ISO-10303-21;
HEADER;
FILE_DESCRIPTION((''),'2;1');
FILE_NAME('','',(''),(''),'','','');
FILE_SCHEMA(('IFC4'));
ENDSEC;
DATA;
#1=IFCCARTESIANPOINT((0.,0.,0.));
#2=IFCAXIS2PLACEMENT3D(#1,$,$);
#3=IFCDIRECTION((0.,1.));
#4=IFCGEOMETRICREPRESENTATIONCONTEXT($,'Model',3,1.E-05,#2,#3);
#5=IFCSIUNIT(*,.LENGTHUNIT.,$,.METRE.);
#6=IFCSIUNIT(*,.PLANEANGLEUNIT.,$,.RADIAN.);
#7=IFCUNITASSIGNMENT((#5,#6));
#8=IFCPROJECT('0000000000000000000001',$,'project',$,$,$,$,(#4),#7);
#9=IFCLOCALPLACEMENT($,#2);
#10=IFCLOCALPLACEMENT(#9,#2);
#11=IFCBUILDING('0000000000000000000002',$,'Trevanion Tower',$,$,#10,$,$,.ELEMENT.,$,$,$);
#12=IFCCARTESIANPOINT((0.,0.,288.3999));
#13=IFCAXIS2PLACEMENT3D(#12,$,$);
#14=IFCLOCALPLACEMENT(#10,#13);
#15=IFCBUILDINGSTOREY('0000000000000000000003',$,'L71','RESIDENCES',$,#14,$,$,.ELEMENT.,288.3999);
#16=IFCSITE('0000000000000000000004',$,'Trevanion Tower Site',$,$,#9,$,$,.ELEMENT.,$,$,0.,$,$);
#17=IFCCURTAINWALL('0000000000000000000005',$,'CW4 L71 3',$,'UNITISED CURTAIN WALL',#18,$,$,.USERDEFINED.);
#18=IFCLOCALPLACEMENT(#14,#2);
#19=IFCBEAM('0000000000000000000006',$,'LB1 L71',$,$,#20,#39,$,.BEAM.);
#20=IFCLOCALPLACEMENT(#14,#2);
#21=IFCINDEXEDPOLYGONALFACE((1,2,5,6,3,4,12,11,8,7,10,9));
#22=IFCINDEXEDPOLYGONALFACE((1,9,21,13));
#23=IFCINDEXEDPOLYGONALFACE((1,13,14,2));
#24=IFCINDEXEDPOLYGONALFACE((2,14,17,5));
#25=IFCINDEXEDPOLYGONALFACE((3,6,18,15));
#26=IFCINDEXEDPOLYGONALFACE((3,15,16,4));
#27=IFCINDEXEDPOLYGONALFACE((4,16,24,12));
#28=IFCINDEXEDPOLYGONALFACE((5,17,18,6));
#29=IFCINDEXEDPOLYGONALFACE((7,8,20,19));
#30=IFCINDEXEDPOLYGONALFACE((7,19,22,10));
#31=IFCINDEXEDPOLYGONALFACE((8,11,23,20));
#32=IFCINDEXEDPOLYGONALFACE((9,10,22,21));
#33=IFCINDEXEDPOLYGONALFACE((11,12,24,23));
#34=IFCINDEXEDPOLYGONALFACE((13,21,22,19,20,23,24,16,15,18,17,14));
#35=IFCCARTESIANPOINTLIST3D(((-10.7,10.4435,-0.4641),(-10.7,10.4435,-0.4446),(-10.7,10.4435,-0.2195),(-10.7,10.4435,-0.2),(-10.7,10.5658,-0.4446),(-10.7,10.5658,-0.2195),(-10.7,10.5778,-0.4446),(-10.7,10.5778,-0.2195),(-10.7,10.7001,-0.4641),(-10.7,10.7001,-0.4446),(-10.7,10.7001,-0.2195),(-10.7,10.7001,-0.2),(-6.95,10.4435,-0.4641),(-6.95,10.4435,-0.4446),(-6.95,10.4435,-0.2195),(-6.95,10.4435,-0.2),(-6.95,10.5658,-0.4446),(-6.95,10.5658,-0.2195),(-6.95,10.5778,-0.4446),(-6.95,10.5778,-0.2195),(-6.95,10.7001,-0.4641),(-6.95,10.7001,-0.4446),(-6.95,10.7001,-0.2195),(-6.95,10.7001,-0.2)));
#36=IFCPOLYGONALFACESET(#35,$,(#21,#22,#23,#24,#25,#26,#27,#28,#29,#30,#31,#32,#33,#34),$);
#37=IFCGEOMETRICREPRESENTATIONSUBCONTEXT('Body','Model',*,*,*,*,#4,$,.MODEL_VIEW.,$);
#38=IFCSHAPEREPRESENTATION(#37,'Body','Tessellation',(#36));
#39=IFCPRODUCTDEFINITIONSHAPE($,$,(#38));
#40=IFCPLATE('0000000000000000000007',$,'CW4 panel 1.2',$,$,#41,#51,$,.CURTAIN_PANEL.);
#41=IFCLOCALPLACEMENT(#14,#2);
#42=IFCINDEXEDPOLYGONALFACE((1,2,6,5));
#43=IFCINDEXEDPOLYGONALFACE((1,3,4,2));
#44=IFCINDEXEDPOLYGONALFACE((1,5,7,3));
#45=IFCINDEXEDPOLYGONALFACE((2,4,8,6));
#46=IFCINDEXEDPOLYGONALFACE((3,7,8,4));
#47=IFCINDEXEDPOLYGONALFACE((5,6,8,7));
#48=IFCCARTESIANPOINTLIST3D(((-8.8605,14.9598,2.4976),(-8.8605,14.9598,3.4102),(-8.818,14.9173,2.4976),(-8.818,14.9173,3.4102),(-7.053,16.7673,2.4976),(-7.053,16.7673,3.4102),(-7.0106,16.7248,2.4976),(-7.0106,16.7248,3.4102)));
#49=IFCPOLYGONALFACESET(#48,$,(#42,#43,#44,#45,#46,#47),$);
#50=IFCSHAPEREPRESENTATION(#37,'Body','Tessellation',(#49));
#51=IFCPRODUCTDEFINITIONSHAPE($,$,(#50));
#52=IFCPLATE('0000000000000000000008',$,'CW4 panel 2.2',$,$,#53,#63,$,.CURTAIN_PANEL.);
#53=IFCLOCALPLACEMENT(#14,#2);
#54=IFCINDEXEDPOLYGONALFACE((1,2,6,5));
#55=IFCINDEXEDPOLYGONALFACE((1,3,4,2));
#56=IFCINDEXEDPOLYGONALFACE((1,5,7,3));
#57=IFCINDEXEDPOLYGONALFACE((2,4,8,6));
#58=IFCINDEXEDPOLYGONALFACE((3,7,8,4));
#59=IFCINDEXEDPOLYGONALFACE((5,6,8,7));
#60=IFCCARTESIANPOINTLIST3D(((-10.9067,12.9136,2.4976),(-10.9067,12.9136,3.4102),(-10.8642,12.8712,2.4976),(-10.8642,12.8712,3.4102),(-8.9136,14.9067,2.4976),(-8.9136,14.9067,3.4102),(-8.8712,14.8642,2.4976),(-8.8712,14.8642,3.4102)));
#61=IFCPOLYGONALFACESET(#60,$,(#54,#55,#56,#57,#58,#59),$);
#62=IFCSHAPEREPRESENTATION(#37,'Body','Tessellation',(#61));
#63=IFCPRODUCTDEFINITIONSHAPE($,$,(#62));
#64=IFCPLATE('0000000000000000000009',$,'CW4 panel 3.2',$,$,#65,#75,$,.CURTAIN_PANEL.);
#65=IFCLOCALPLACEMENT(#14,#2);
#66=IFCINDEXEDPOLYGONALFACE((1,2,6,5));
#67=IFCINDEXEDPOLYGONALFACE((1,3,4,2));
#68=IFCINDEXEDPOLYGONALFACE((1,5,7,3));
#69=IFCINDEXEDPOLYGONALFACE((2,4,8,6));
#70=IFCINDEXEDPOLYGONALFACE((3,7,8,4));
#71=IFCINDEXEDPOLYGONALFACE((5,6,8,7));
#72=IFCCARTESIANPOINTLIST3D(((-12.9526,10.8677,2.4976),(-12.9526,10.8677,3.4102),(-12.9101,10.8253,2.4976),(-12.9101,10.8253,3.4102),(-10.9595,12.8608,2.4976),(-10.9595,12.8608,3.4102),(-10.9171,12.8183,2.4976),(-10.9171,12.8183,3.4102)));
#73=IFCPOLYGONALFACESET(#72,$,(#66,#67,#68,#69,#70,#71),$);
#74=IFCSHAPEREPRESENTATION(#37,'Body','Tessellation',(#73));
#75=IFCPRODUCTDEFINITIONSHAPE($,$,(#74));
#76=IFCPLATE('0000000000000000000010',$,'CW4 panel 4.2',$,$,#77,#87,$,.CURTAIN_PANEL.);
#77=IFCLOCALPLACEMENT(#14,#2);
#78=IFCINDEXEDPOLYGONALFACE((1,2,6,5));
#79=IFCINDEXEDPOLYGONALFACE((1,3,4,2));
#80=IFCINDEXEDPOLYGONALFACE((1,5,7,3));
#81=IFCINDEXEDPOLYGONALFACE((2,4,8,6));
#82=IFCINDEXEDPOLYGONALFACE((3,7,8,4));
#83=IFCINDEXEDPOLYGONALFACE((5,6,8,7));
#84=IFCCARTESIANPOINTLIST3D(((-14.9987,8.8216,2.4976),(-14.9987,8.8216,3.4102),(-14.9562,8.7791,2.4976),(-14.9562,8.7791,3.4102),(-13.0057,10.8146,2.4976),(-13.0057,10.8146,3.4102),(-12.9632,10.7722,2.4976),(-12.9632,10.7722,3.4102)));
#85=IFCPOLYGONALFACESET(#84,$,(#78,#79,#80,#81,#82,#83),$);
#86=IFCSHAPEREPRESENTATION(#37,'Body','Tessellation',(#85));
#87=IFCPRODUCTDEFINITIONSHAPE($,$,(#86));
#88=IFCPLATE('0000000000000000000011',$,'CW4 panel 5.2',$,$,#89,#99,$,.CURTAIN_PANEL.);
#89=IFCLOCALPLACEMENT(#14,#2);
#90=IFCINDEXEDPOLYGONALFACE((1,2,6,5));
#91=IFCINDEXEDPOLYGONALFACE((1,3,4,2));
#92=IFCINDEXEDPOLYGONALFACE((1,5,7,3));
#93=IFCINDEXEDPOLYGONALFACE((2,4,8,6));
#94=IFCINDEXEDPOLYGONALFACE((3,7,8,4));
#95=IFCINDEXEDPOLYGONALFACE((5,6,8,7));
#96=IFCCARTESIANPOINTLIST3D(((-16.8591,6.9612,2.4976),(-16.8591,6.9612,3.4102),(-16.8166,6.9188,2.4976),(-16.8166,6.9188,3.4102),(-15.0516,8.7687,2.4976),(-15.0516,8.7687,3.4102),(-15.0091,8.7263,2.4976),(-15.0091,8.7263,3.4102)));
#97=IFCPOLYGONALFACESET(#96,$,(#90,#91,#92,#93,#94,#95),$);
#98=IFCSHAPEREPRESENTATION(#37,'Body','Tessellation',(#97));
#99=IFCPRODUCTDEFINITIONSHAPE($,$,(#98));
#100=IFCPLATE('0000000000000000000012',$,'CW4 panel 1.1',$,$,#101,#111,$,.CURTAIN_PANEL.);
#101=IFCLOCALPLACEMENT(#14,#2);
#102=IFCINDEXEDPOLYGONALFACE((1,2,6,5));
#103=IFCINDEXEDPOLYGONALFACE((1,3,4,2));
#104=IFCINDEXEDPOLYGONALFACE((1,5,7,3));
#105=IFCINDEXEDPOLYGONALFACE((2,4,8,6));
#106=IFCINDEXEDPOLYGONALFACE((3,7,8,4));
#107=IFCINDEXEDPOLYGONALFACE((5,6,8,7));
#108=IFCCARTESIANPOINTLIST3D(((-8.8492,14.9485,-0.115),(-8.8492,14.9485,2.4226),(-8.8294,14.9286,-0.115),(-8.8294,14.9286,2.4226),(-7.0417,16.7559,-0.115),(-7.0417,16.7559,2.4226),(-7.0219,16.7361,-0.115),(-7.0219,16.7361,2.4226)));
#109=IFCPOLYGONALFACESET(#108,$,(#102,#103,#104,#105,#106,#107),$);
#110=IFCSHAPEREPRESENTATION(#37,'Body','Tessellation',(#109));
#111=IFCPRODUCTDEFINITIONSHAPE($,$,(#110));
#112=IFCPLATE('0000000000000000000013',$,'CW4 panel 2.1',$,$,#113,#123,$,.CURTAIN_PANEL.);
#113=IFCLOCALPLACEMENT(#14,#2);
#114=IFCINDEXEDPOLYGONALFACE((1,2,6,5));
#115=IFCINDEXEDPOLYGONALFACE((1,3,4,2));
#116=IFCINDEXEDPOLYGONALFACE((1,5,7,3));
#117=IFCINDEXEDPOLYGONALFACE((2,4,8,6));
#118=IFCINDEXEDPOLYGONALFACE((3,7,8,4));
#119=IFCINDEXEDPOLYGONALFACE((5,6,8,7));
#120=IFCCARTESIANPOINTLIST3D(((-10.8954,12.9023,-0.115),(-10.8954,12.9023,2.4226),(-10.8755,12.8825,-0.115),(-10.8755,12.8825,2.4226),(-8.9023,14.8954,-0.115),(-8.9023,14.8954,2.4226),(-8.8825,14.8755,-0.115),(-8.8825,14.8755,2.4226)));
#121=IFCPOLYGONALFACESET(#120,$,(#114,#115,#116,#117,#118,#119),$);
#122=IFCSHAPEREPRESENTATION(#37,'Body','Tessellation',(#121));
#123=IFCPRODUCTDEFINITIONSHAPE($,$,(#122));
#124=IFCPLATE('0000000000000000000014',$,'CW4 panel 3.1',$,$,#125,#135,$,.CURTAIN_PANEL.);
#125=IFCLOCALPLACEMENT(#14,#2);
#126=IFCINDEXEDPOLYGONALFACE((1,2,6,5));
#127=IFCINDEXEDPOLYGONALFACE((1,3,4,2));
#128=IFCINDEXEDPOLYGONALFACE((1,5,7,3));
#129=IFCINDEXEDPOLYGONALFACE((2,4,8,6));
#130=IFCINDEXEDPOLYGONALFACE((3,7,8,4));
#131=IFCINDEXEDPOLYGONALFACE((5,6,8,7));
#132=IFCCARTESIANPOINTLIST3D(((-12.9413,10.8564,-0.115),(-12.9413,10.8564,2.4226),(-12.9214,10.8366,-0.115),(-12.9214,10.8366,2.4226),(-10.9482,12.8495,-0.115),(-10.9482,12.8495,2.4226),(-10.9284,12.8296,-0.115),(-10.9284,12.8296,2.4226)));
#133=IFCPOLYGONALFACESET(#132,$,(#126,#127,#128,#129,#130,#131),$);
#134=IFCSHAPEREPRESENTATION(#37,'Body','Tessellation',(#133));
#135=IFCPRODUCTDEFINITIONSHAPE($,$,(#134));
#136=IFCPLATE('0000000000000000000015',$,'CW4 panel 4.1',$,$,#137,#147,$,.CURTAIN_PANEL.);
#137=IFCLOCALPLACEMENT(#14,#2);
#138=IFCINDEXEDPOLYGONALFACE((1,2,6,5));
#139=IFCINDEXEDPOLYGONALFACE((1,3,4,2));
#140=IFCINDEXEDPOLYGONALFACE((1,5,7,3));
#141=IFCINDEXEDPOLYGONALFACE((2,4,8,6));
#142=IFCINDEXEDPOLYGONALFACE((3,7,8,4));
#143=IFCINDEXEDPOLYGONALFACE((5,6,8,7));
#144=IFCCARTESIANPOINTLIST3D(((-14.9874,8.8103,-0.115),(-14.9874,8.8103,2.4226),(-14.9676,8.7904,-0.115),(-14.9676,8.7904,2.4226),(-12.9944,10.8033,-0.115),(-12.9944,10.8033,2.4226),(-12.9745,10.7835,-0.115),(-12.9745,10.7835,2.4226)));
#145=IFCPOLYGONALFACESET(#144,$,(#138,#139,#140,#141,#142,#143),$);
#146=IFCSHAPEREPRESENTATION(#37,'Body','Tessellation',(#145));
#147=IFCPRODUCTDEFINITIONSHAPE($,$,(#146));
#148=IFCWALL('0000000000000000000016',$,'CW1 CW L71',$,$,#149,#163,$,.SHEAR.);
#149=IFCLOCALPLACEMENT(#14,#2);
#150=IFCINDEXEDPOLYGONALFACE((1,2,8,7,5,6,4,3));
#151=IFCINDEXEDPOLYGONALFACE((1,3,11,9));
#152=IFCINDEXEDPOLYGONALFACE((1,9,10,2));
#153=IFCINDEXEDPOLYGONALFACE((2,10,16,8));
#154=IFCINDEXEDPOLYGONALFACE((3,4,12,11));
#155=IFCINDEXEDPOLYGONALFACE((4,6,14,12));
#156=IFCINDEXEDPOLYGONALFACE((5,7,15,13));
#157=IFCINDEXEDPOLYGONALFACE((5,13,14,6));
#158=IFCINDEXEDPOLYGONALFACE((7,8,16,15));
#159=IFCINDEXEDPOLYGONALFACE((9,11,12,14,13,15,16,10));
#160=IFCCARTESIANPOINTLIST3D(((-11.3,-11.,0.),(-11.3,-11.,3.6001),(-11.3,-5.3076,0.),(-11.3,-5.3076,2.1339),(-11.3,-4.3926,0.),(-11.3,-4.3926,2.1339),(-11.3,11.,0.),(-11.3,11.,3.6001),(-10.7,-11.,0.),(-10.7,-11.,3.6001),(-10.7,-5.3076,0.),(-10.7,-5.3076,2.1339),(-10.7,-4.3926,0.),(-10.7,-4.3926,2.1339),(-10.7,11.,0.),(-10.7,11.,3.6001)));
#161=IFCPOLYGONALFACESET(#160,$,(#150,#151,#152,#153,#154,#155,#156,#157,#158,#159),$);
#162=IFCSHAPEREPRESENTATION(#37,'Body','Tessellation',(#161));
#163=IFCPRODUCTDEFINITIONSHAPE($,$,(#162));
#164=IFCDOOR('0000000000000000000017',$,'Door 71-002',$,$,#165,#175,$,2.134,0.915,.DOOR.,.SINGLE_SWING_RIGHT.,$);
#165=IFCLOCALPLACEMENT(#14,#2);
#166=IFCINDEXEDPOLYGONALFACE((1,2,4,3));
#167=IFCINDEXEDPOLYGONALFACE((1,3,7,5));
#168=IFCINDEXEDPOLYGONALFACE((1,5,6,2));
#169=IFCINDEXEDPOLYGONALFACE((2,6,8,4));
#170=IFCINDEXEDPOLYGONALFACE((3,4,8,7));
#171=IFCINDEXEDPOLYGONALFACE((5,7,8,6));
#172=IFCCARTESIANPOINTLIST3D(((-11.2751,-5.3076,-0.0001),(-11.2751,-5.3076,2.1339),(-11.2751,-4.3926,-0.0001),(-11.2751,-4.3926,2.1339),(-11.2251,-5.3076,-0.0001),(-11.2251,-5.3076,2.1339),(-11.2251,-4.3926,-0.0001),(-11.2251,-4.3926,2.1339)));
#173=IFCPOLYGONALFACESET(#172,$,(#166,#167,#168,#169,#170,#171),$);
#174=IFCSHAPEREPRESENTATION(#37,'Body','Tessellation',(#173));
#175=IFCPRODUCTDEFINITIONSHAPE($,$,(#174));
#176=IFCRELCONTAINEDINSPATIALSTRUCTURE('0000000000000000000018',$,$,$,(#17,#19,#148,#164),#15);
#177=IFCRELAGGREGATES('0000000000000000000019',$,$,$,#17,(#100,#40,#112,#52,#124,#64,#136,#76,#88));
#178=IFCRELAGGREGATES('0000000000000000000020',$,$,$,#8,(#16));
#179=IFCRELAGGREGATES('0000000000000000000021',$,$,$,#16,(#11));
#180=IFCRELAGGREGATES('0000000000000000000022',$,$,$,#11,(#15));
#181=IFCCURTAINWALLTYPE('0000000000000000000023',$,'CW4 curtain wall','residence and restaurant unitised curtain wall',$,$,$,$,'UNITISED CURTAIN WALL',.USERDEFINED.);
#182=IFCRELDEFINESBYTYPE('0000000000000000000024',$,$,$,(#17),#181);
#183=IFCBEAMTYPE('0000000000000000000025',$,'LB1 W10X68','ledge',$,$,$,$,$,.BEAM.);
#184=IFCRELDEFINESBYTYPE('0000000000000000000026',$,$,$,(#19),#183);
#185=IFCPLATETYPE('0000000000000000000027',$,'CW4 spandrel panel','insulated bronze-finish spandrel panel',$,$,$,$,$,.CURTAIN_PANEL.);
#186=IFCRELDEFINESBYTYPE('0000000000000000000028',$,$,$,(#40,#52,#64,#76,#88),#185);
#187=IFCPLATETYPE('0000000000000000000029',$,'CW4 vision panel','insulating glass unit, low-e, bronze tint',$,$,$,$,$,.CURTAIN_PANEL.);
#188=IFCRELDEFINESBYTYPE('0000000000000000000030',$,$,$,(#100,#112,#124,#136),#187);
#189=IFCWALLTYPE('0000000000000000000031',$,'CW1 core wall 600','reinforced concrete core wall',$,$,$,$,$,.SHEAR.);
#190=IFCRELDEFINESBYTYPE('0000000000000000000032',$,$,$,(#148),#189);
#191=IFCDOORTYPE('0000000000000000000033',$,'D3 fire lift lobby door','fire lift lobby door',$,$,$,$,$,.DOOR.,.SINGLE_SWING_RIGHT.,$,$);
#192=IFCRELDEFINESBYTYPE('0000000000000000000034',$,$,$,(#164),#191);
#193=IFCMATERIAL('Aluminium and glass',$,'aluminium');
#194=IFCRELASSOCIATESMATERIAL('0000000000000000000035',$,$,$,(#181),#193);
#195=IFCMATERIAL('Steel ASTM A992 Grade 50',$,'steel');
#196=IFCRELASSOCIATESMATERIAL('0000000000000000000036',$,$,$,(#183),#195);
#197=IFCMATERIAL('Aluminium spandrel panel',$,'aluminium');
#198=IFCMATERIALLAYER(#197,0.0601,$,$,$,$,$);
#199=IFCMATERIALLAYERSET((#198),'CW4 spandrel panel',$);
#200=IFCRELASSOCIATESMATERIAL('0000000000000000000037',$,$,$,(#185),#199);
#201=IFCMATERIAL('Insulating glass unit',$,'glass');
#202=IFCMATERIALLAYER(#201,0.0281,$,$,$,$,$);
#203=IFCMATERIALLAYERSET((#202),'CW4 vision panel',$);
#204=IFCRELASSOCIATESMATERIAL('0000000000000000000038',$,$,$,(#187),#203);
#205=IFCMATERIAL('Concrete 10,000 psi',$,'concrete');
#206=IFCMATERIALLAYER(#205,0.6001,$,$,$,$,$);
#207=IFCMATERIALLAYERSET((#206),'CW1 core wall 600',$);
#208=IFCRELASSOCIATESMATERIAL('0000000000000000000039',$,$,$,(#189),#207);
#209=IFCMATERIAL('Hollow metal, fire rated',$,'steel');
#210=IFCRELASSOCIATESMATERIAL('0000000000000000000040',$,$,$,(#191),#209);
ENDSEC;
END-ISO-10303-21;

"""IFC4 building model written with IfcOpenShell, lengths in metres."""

from ifc_helpers import new_model, si_unit, direction, frame, frame_2d, origin, origin_2d, place, context, subcontext, project, spatial, rectangle, i_section, extrude, material, layer, layer_set, material_profile, profile_set, type_object, element, fill, aggregate, save


model = new_model("IFC4")

# Units and contexts
model_context = context("Model", 3, precision=1e-05, world=origin(), true_north=direction((0.0, 1.0)))
body_context = subcontext(model_context, "Body", "Model", "MODEL_VIEW")
ifc_project = project(units=[si_unit("LENGTHUNIT", "METRE"), si_unit("PLANEANGLEUNIT", "RADIAN")], contexts=[model_context])

# Site, building, storey
site_placement = place(None, origin())
site = spatial("IfcSite", under=ifc_project, at=site_placement, Name="Trevanion Tower Site", CompositionType="ELEMENT", RefElevation=0.0)
building_placement = place(site_placement, origin())
building = spatial("IfcBuilding", under=site, at=building_placement, Name="Trevanion Tower", CompositionType="ELEMENT")
storey_placement = place(building_placement, frame((0.0, 0.0, 288.3999)))
storey = spatial("IfcBuildingStorey", under=building, at=storey_placement, Name="L71", Description="RESIDENCES", CompositionType="ELEMENT", Elevation=288.3999)

# Curtain wall
ifc_material_1 = material(Name="Aluminium and glass", Category="aluminium")
curtain_wall_type = type_object("IfcCurtainWallType", Name="CW4 curtain wall", Description="residence and restaurant unitised curtain wall", ElementType="UNITISED CURTAIN WALL", PredefinedType="USERDEFINED", material=ifc_material_1)
curtain_wall_placement = place(storey_placement, origin())
curtain_wall = element("IfcCurtainWall", 1, at=curtain_wall_placement, inside=storey, type_object=curtain_wall_type, Name="CW4 L71 3", ObjectType="UNITISED CURTAIN WALL", PredefinedType="USERDEFINED")

# Beam
ifc_material_2 = material(Name="Steel ASTM A992 Grade 50", Category="steel")
ifc_material_profile_1 = material_profile(ifc_material_2, i_section(OverallWidth=0.2566, OverallDepth=0.2642, WebThickness=0.012, FlangeThickness=0.0195, at=origin_2d()), Name="W10X68")
ifc_profile_set_1 = profile_set([ifc_material_profile_1], Name="Steel ASTM A992 Grade 50")
beam_type = type_object("IfcBeamType", Name="LB1 W10X68", Description="ledge", PredefinedType="BEAM", material=ifc_profile_set_1)
beam_placement = place(storey_placement, frame((-10.7, 10.5718, -0.332), z_axis=(1.0, 0.0, 0.0), x_axis=(0.0, 1.0, 0.0)))
element("IfcBeam", 2, at=beam_placement, inside=storey, type_object=beam_type, Name="LB1 L71", PredefinedType="BEAM", context=body_context, shape_type="SweptSolid", body=[
    extrude(i_section(OverallWidth=0.2566, OverallDepth=0.2642, WebThickness=0.012, FlangeThickness=0.0195, at=origin_2d()), origin(), (0.0, 0.0, 1.0), 3.75),
])

# Plates
ifc_material_3 = material(Name="Aluminium spandrel panel", Category="aluminium")
ifc_layer_1 = layer(ifc_material_3, 0.0601)
ifc_layer_set_1 = layer_set([ifc_layer_1], Name="CW4 spandrel panel")
plate_type_1 = type_object("IfcPlateType", Name="CW4 spandrel panel", Description="insulated bronze-finish spandrel panel", PredefinedType="CURTAIN_PANEL", material=ifc_layer_set_1)
plate_1_placement = place(storey_placement, frame((-7.9355, 15.8423, 2.4976), z_axis=(0.0, 0.0, 1.0), x_axis=(-0.707107, -0.707107, 0.0)))
plate_1 = element("IfcPlate", 3, at=plate_1_placement, type_object=plate_type_1, Name="CW4 panel 1.2", PredefinedType="CURTAIN_PANEL", context=body_context, shape_type="SweptSolid", body=[
    extrude(rectangle(XDim=2.5562, YDim=0.0601, at=origin_2d()), origin(), (0.0, 0.0, 1.0), 0.9126),
])
plate_2_placement = place(storey_placement, frame((-9.8889, 13.8889, 2.4976), z_axis=(0.0, 0.0, 1.0), x_axis=(-0.707107, -0.707107, 0.0)))
plate_2 = element("IfcPlate", 4, at=plate_2_placement, type_object=plate_type_1, Name="CW4 panel 2.2", PredefinedType="CURTAIN_PANEL", context=body_context, shape_type="SweptSolid", body=[
    extrude(rectangle(XDim=2.8186, YDim=0.0601, at=origin_2d()), origin(), (0.0, 0.0, 1.0), 0.9126),
])
plate_3_placement = place(storey_placement, frame((-11.9348, 11.843, 2.4976), z_axis=(0.0, 0.0, 1.0), x_axis=(-0.707107, -0.707107, 0.0)))
plate_3 = element("IfcPlate", 5, at=plate_3_placement, type_object=plate_type_1, Name="CW4 panel 3.2", PredefinedType="CURTAIN_PANEL", context=body_context, shape_type="SweptSolid", body=[
    extrude(rectangle(XDim=2.8186, YDim=0.0601, at=origin_2d()), origin(), (0.0, 0.0, 1.0), 0.9126),
])
plate_4_placement = place(storey_placement, frame((-13.981, 9.7969, 2.4976), z_axis=(0.0, 0.0, 1.0), x_axis=(-0.707107, -0.707107, 0.0)))
plate_4 = element("IfcPlate", 6, at=plate_4_placement, type_object=plate_type_1, Name="CW4 panel 4.2", PredefinedType="CURTAIN_PANEL", context=body_context, shape_type="SweptSolid", body=[
    extrude(rectangle(XDim=2.8186, YDim=0.0601, at=origin_2d()), origin(), (0.0, 0.0, 1.0), 0.9126),
])
plate_5_placement = place(storey_placement, frame((-15.9341, 7.8438, 2.4976), z_axis=(0.0, 0.0, 1.0), x_axis=(-0.707107, -0.707107, 0.0)))
plate_5 = element("IfcPlate", 7, at=plate_5_placement, type_object=plate_type_1, Name="CW4 panel 5.2", PredefinedType="CURTAIN_PANEL", context=body_context, shape_type="SweptSolid", body=[
    extrude(rectangle(XDim=2.5562, YDim=0.0601, at=origin_2d()), origin(), (0.0, 0.0, 1.0), 0.9126),
])
ifc_material_4 = material(Name="Insulating glass unit", Category="glass")
ifc_layer_2 = layer(ifc_material_4, 0.0281)
ifc_layer_set_2 = layer_set([ifc_layer_2], Name="CW4 vision panel")
plate_type_2 = type_object("IfcPlateType", Name="CW4 vision panel", Description="insulating glass unit, low-e, bronze tint", PredefinedType="CURTAIN_PANEL", material=ifc_layer_set_2)
plate_6_placement = place(storey_placement, frame((-7.9355, 15.8423, -0.115), z_axis=(0.0, 0.0, 1.0), x_axis=(-0.707107, -0.707107, 0.0)))
plate_6 = element("IfcPlate", 8, at=plate_6_placement, type_object=plate_type_2, Name="CW4 panel 1.1", PredefinedType="CURTAIN_PANEL", context=body_context, shape_type="SweptSolid", body=[
    extrude(rectangle(XDim=2.5562, YDim=0.0281, at=origin_2d()), origin(), (0.0, 0.0, 1.0), 2.5376),
])
plate_7_placement = place(storey_placement, frame((-9.8889, 13.8889, -0.115), z_axis=(0.0, 0.0, 1.0), x_axis=(-0.707107, -0.707107, 0.0)))
plate_7 = element("IfcPlate", 9, at=plate_7_placement, type_object=plate_type_2, Name="CW4 panel 2.1", PredefinedType="CURTAIN_PANEL", context=body_context, shape_type="SweptSolid", body=[
    extrude(rectangle(XDim=2.8186, YDim=0.0281, at=origin_2d()), origin(), (0.0, 0.0, 1.0), 2.5376),
])
plate_8_placement = place(storey_placement, frame((-11.9348, 11.843, -0.115), z_axis=(0.0, 0.0, 1.0), x_axis=(-0.707107, -0.707107, 0.0)))
plate_8 = element("IfcPlate", 10, at=plate_8_placement, type_object=plate_type_2, Name="CW4 panel 3.1", PredefinedType="CURTAIN_PANEL", context=body_context, shape_type="SweptSolid", body=[
    extrude(rectangle(XDim=2.8186, YDim=0.0281, at=origin_2d()), origin(), (0.0, 0.0, 1.0), 2.5376),
])
plate_9_placement = place(storey_placement, frame((-13.981, 9.7969, -0.115), z_axis=(0.0, 0.0, 1.0), x_axis=(-0.707107, -0.707107, 0.0)))
plate_9 = element("IfcPlate", 11, at=plate_9_placement, type_object=plate_type_2, Name="CW4 panel 4.1", PredefinedType="CURTAIN_PANEL", context=body_context, shape_type="SweptSolid", body=[
    extrude(rectangle(XDim=2.8186, YDim=0.0281, at=origin_2d()), origin(), (0.0, 0.0, 1.0), 2.5376),
])
aggregate(curtain_wall, [plate_6, plate_1, plate_7, plate_2, plate_8, plate_3, plate_9, plate_4, plate_5])

# Wall, opening, door
ifc_material_5 = material(Name="Concrete 10,000 psi", Category="concrete")
ifc_layer_3 = layer(ifc_material_5, 0.6001)
ifc_layer_set_3 = layer_set([ifc_layer_3], Name="CW1 core wall 600")
wall_type_1 = type_object("IfcWallType", Name="CW1 core wall 600", Description="reinforced concrete core wall", PredefinedType="SHEAR", material=ifc_layer_set_3)
wall_1_placement = place(storey_placement, frame((-11.0, 11.0, 0.0), z_axis=(0.0, 0.0, 1.0), x_axis=(0.0, -1.0, 0.0)))
wall_1 = element("IfcWall", 12, at=wall_1_placement, inside=storey, type_object=wall_type_1, Name="CW1 CW L71", PredefinedType="SHEAR", context=body_context, shape_type="SweptSolid", body=[
    extrude(rectangle(XDim=22.0, YDim=0.6001, at=frame_2d((11.0, 0.0))), origin(), (0.0, 0.0, 1.0), 3.6001),
])
opening_placement = place(wall_1_placement, frame((15.3926, 0.0, 0.0)))
opening = element("IfcOpeningElement", 13, at=opening_placement, cuts=wall_1, PredefinedType="OPENING", context=body_context, shape_type="SweptSolid", body=[
    extrude(rectangle(XDim=0.915, YDim=2.134, at=frame_2d((0.4575, 1.0669))), frame((0.0, 0.3101, 0.0), z_axis=(0.0, -1.0, 0.0), x_axis=(1.0, 0.0, 0.0)), (0.0, 0.0, 1.0), 0.6201),
])
ifc_material_6 = material(Name="Hollow metal, fire rated", Category="steel")
door_type = type_object("IfcDoorType", Name="D3 fire lift lobby door", Description="fire lift lobby door", OperationType="SINGLE_SWING_RIGHT", PredefinedType="DOOR", material=ifc_material_6)
door_placement = place(opening_placement, origin())
door = element("IfcDoor", 14, at=door_placement, inside=storey, type_object=door_type, Name="Door 71-002", OperationType="SINGLE_SWING_RIGHT", OverallHeight=2.134, OverallWidth=0.915, PredefinedType="DOOR", context=body_context, shape_type="SweptSolid", body=[
    extrude(rectangle(XDim=0.915, YDim=2.134, at=frame_2d((0.4575, 1.0669))), frame((0.0, -0.2251, 0.0), z_axis=(0.0, -1.0, 0.0), x_axis=(1.0, 0.0, 0.0)), (0.0, 0.0, 1.0), 0.05),
])
fill(opening, door)

save(model, "model.ifc")
